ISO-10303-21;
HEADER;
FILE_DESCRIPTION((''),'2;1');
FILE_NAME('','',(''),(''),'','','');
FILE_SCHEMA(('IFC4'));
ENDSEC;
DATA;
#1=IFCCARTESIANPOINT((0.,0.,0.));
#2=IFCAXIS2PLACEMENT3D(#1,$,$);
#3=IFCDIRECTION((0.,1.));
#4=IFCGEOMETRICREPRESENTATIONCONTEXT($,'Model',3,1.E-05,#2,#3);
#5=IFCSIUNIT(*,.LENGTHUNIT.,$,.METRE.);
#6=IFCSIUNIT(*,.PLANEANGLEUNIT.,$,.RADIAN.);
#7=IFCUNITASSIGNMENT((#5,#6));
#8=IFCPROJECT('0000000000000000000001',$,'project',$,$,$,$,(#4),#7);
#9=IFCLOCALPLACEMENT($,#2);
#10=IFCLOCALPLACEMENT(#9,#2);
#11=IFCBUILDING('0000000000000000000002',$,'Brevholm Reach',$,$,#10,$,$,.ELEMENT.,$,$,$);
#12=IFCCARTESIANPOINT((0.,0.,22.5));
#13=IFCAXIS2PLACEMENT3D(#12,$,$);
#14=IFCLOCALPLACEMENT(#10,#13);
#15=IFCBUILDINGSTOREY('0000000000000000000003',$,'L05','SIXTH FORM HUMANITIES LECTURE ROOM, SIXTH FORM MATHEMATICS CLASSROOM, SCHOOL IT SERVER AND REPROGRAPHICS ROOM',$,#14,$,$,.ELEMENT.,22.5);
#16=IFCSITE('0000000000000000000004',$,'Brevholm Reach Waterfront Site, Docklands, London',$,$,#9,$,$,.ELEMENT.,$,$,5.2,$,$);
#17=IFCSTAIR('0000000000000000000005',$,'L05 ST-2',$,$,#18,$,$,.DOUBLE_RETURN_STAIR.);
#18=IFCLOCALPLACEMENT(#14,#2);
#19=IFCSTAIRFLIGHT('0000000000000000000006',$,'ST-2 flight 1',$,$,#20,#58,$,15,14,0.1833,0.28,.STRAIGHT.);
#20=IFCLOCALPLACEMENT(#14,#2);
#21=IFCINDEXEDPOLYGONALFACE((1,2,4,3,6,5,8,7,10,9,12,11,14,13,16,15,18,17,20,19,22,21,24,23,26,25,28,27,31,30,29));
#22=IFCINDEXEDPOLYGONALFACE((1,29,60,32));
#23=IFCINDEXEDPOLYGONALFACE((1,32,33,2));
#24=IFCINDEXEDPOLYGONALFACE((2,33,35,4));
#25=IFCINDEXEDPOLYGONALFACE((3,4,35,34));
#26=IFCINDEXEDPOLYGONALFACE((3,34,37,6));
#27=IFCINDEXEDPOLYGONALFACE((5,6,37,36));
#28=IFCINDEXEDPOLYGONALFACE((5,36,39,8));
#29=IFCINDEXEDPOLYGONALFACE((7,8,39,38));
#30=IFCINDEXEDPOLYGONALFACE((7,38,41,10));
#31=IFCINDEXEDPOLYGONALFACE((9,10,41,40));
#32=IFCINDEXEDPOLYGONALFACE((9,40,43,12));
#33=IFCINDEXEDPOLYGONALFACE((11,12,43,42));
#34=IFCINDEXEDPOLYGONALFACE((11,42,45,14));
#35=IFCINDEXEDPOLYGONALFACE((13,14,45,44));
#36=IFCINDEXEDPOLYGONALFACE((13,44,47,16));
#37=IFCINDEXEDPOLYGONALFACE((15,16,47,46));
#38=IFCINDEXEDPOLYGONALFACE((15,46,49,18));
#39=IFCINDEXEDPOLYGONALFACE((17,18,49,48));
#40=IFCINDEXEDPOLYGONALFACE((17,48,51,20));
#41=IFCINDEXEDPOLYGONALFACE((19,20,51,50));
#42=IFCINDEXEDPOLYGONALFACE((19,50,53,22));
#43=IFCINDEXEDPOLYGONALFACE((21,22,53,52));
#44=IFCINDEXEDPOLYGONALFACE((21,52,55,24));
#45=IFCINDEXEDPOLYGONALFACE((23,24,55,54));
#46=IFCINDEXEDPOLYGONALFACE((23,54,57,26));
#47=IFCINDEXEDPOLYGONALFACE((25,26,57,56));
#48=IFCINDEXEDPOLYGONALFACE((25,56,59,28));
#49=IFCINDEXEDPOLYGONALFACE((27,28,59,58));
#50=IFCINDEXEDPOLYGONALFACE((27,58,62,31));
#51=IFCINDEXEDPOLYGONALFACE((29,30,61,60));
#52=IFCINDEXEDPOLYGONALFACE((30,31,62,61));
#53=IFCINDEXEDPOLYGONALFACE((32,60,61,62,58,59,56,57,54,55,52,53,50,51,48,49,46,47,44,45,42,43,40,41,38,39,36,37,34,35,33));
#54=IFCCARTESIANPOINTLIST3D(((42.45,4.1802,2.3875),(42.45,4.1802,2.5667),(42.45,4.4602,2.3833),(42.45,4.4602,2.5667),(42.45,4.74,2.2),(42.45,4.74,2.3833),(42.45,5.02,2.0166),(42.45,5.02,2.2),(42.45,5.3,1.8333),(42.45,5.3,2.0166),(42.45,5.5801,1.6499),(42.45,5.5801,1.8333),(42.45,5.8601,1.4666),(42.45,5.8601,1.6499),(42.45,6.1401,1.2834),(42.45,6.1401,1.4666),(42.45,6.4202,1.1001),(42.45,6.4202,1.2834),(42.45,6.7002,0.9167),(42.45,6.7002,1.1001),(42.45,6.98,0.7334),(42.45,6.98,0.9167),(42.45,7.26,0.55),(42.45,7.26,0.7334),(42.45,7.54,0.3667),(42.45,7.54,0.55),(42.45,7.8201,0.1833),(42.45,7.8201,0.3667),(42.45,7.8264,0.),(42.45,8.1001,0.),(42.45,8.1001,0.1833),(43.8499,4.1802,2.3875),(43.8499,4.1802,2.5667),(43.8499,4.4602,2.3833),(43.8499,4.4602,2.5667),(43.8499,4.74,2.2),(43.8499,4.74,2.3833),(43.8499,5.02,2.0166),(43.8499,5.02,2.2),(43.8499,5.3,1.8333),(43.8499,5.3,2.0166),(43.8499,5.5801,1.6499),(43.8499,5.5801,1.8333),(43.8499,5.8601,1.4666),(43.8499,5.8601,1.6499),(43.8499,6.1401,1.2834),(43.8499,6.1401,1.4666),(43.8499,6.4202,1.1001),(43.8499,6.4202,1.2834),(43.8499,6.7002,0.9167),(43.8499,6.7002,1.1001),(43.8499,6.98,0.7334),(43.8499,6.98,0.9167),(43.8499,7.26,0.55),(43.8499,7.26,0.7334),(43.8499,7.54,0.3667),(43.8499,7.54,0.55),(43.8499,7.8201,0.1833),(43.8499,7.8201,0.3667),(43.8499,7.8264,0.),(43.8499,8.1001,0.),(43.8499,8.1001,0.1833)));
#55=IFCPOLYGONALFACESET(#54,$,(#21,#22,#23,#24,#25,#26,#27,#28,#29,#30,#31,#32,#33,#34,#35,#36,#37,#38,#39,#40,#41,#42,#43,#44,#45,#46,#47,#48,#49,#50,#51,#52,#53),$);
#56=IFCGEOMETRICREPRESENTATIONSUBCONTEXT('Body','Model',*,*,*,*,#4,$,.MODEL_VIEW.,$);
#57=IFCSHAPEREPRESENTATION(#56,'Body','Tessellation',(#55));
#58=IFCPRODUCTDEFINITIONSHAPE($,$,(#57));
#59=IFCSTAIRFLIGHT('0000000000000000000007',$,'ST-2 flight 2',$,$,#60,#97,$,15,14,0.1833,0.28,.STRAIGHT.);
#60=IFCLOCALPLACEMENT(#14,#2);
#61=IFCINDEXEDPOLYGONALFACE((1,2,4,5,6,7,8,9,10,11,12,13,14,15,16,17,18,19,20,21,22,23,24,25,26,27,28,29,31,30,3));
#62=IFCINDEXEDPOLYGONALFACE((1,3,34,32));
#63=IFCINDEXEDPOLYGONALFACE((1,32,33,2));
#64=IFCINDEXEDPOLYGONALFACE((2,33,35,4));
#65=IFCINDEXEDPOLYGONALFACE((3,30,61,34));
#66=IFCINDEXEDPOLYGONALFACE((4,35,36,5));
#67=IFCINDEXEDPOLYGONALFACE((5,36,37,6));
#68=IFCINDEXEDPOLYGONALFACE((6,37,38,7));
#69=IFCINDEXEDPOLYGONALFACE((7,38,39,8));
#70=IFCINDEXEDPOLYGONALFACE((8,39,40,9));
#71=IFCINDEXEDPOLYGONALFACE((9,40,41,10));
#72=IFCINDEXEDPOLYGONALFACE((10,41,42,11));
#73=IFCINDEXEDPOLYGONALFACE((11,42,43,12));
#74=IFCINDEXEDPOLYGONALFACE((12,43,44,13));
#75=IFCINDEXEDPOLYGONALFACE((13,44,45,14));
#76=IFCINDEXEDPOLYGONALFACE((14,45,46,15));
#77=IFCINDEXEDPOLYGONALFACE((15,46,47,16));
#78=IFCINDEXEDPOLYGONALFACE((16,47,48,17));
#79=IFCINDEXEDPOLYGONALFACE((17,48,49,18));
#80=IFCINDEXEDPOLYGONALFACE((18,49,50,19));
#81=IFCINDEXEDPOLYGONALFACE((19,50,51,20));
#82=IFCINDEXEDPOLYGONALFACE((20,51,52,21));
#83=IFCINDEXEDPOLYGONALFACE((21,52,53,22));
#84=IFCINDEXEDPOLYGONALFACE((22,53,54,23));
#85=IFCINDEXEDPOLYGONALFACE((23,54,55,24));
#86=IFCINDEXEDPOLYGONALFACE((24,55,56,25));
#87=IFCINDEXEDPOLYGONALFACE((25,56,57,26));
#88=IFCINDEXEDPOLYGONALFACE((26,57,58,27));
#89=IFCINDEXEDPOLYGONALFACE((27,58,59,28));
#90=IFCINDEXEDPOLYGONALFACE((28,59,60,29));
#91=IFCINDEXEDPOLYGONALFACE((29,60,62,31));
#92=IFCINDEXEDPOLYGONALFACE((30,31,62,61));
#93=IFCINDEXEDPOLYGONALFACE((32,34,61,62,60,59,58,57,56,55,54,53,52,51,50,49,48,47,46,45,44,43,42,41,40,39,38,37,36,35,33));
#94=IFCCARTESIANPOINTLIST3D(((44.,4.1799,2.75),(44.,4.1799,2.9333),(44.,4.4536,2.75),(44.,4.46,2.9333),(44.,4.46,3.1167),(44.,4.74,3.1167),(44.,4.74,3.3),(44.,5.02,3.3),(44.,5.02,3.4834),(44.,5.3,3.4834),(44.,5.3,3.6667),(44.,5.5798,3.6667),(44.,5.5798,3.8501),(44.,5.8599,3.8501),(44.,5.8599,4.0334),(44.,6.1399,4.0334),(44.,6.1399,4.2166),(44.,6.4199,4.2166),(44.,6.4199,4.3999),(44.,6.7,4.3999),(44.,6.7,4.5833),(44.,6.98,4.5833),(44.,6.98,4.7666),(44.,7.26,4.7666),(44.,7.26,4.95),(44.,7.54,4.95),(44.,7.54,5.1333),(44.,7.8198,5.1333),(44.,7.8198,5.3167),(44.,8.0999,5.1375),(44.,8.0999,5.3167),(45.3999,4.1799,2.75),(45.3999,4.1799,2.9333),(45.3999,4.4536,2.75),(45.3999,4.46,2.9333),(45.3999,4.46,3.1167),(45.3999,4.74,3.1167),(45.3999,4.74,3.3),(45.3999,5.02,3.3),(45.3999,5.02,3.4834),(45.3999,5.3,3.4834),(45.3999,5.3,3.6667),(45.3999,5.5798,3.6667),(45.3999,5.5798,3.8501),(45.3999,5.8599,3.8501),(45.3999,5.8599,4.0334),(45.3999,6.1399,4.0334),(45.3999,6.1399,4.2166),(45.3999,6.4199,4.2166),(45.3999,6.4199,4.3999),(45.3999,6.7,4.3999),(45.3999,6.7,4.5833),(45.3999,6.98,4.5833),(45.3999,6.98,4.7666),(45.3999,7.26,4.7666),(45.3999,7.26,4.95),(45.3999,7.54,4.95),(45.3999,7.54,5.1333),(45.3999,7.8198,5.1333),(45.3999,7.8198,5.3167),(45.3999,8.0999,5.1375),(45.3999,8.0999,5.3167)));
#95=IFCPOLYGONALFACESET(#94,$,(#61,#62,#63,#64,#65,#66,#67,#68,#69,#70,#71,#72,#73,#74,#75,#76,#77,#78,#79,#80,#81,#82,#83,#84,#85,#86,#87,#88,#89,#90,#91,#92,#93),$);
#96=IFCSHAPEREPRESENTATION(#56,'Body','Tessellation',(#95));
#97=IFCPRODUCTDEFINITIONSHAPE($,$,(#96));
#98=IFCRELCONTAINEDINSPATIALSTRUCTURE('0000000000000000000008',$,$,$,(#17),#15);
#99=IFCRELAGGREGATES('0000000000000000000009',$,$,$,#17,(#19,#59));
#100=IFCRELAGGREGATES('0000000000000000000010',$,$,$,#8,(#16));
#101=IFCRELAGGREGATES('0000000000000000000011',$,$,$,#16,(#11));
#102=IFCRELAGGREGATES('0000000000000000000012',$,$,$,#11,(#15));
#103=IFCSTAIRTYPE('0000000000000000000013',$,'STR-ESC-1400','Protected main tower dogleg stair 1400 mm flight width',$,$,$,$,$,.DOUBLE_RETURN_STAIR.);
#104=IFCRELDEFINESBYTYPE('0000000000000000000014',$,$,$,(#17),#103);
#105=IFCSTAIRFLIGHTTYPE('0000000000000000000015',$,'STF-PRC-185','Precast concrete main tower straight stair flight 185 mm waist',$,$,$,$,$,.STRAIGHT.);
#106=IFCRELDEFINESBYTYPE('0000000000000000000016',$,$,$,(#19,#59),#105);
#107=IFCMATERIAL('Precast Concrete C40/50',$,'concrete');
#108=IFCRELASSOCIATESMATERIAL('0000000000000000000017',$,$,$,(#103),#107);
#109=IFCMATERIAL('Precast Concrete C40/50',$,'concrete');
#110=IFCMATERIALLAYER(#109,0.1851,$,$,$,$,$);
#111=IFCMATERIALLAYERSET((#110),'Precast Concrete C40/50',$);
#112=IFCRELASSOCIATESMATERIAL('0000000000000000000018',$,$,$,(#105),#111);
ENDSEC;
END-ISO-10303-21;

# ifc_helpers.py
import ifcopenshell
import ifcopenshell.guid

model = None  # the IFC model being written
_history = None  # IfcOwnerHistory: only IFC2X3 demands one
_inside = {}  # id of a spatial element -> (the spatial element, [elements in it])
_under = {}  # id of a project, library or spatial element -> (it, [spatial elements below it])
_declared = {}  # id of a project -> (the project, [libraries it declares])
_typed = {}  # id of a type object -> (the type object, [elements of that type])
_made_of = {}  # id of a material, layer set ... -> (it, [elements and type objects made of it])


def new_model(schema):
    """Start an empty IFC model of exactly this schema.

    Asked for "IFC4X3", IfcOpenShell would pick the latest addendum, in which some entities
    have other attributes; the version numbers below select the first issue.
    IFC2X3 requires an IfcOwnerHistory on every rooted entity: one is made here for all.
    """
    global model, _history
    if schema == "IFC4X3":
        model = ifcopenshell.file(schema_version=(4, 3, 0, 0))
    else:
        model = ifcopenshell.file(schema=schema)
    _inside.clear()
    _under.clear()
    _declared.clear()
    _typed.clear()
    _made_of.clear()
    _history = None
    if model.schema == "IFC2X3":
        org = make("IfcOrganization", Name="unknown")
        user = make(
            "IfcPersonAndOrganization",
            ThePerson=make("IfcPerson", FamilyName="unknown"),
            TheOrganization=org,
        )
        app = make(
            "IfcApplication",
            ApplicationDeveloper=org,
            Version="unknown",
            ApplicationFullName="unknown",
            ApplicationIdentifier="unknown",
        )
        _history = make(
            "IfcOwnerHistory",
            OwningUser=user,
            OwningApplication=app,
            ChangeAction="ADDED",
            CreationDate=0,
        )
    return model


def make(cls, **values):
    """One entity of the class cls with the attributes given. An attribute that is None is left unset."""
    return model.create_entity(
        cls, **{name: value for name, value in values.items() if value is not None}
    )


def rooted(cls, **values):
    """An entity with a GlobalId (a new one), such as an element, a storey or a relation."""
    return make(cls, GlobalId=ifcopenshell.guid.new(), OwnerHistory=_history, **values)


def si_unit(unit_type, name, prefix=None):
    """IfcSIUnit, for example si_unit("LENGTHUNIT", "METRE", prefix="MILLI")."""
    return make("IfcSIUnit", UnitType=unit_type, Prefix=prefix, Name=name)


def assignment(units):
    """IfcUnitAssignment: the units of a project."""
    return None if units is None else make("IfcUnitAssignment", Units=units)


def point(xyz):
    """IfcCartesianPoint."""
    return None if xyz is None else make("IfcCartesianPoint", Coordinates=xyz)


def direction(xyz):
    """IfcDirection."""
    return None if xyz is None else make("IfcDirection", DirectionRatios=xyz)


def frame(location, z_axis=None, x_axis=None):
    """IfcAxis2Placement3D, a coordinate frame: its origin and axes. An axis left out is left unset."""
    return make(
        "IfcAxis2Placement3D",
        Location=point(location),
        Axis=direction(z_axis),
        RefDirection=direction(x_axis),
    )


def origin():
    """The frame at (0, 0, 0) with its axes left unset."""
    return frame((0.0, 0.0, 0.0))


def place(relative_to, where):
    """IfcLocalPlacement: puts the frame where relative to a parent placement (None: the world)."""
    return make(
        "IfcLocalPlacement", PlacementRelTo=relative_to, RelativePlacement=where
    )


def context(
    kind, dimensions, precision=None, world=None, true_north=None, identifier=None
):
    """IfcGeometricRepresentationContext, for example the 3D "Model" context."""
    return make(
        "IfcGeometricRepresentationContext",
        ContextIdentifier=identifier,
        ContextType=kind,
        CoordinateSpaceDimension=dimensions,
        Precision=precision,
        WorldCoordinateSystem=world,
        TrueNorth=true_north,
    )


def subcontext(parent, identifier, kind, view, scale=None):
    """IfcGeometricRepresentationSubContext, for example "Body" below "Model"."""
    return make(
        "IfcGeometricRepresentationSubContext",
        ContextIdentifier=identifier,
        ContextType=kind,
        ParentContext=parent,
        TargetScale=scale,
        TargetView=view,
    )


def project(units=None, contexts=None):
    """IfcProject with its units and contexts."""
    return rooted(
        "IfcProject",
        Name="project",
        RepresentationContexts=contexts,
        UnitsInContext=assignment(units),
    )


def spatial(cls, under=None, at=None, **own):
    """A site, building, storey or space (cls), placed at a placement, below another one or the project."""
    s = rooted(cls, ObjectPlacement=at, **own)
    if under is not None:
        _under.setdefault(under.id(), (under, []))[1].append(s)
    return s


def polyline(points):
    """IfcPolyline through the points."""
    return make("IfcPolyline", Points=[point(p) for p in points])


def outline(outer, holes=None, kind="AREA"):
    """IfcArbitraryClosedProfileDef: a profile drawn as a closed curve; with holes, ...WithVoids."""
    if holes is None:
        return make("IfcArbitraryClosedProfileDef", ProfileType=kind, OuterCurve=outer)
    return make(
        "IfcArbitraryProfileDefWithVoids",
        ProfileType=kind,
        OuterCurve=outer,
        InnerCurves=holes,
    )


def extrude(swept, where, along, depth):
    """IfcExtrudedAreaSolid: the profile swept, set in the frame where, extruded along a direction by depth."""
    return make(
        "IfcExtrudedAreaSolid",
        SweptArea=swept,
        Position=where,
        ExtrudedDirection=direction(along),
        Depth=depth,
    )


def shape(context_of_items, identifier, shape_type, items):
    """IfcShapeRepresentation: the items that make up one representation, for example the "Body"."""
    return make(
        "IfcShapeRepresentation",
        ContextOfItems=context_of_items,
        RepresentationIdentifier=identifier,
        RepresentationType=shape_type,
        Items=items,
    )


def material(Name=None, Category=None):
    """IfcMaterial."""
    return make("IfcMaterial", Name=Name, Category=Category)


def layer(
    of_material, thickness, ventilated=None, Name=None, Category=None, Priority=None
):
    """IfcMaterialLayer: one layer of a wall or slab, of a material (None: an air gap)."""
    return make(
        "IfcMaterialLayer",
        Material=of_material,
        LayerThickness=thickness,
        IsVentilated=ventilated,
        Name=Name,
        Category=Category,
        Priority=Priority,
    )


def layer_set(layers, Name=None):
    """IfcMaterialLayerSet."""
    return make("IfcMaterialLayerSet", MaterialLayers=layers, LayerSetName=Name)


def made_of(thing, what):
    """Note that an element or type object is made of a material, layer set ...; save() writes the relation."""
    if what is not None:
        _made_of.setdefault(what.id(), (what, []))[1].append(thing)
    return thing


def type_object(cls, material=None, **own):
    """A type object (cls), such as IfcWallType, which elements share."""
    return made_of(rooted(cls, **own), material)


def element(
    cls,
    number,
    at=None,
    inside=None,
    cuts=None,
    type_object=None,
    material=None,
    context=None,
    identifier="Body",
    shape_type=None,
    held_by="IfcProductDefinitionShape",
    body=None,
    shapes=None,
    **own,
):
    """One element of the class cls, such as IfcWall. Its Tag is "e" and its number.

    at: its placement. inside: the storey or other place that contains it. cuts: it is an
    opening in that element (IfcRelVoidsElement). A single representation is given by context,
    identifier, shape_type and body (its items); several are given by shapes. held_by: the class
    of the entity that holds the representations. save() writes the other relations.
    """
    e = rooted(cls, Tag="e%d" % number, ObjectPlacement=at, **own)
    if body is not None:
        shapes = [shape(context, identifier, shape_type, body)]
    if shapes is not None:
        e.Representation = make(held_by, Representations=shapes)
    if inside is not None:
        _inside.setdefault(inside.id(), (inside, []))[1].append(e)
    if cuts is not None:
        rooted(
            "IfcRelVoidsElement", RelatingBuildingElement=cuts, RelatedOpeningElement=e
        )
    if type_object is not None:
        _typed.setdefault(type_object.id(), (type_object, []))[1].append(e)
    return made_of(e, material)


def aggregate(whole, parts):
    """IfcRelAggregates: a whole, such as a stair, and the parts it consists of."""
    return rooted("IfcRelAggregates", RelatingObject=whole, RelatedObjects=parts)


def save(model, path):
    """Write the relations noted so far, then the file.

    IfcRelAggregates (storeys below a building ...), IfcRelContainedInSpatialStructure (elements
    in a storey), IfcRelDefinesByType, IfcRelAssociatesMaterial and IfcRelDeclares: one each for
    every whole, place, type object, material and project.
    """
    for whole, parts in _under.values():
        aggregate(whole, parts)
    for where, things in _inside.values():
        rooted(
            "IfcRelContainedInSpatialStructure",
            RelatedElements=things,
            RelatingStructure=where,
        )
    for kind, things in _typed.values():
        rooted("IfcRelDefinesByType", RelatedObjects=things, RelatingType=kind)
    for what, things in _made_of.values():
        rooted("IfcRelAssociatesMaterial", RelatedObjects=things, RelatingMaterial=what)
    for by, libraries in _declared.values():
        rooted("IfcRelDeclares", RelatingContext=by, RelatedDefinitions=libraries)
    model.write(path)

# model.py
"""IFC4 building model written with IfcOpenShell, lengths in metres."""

from ifc_helpers import new_model, si_unit, direction, frame, origin, place, context, subcontext, project, spatial, polyline, outline, extrude, material, layer, layer_set, type_object, element, aggregate, save


model = new_model("IFC4")

# Units and contexts
model_context = context("Model", 3, precision=1e-05, world=origin(), true_north=direction((0.0, 1.0)))
body_context = subcontext(model_context, "Body", "Model", "MODEL_VIEW")
ifc_project = project(units=[si_unit("LENGTHUNIT", "METRE"), si_unit("PLANEANGLEUNIT", "RADIAN")], contexts=[model_context])

# Site, building, storey
site_placement = place(None, origin())
site = spatial("IfcSite", under=ifc_project, at=site_placement, Name="Brevholm Reach Waterfront Site, Docklands, London", CompositionType="ELEMENT", RefElevation=5.2)
building_placement = place(site_placement, origin())
building = spatial("IfcBuilding", under=site, at=building_placement, Name="Brevholm Reach", CompositionType="ELEMENT")
storey_placement = place(building_placement, frame((0.0, 0.0, 22.5)))
storey = spatial("IfcBuildingStorey", under=building, at=storey_placement, Name="L05", Description="SIXTH FORM HUMANITIES LECTURE ROOM, SIXTH FORM MATHEMATICS CLASSROOM, SCHOOL IT SERVER AND REPROGRAPHICS ROOM", CompositionType="ELEMENT", Elevation=22.5)

# Stair, stair flights
ifc_material_1 = material(Name="Precast Concrete C40/50", Category="concrete")
stair_type = type_object("IfcStairType", Name="STR-ESC-1400", Description="Protected main tower dogleg stair 1400 mm flight width", PredefinedType="DOUBLE_RETURN_STAIR", material=ifc_material_1)
stair_placement = place(storey_placement, origin())
stair = element("IfcStair", 1, at=stair_placement, inside=storey, type_object=stair_type, Name="L05 ST-2", PredefinedType="DOUBLE_RETURN_STAIR")
ifc_material_2 = material(Name="Precast Concrete C40/50", Category="concrete")
ifc_layer_1 = layer(ifc_material_2, 0.1851)
ifc_layer_set_1 = layer_set([ifc_layer_1], Name="Precast Concrete C40/50")
stair_flight_type = type_object("IfcStairFlightType", Name="STF-PRC-185", Description="Precast concrete main tower straight stair flight 185 mm waist", PredefinedType="STRAIGHT", material=ifc_layer_set_1)
stair_flight_1_placement = place(storey_placement, frame((43.1499, 8.1001, 0.0), z_axis=(0.0, 0.0, 1.0), x_axis=(0.0, -1.0, 0.0)))
stair_flight_1 = element("IfcStairFlight", 2, at=stair_flight_1_placement, type_object=stair_flight_type, Name="ST-2 flight 1", NumberOfRisers=15, NumberOfTreads=14, PredefinedType="STRAIGHT", RiserHeight=0.1833, TreadLength=0.28, context=body_context, shape_type="SweptSolid", body=[
    extrude(outline(polyline([(0.0, 0.0), (0.0, 0.1833), (0.28, 0.1833), (0.28, 0.3667), (0.5601, 0.3667), (0.5601, 0.55), (0.8401, 0.55), (0.8401, 0.7334), (1.1201, 0.7334), (1.1201, 0.9167), (1.3999, 0.9167), (1.3999, 1.1001), (1.6799, 1.1001), (1.6799, 1.2834), (1.96, 1.2834), (1.96, 1.4666), (2.24, 1.4666), (2.24, 1.6499), (2.52, 1.6499), (2.52, 1.8333), (2.8, 1.8333), (2.8, 2.0166), (3.0801, 2.0166), (3.0801, 2.2), (3.3601, 2.2), (3.3601, 2.3833), (3.6399, 2.3833), (3.6399, 2.5667), (3.9199, 2.5667), (3.9199, 2.75), (3.9199, 2.3875), (0.2737, 0.0), (0.0, 0.0)])), frame((0.0, 0.7, 0.0), z_axis=(0.0, -1.0, 0.0), x_axis=(1.0, 0.0, 0.0)), (0.0, 0.0, 1.0), 1.3999),
])
stair_flight_2_placement = place(storey_placement, frame((44.7, 4.1799, 2.75), z_axis=(0.0, 0.0, 1.0), x_axis=(0.0, 1.0, 0.0)))
stair_flight_2 = element("IfcStairFlight", 3, at=stair_flight_2_placement, type_object=stair_flight_type, Name="ST-2 flight 2", NumberOfRisers=15, NumberOfTreads=14, PredefinedType="STRAIGHT", RiserHeight=0.1833, TreadLength=0.28, context=body_context, shape_type="SweptSolid", body=[
    extrude(outline(polyline([(0.0, 0.0), (0.0, 0.1833), (0.28, 0.1833), (0.28, 0.3667), (0.5601, 0.3667), (0.5601, 0.55), (0.8401, 0.55), (0.8401, 0.7334), (1.1201, 0.7334), (1.1201, 0.9167), (1.3999, 0.9167), (1.3999, 1.1001), (1.6799, 1.1001), (1.6799, 1.2834), (1.96, 1.2834), (1.96, 1.4666), (2.24, 1.4666), (2.24, 1.6499), (2.52, 1.6499), (2.52, 1.8333), (2.8, 1.8333), (2.8, 2.0166), (3.0801, 2.0166), (3.0801, 2.2), (3.3601, 2.2), (3.3601, 2.3833), (3.6399, 2.3833), (3.6399, 2.5667), (3.9199, 2.5667), (3.9199, 2.75), (3.9199, 2.3875), (0.2737, 0.0), (0.0, 0.0)])), frame((0.0, 0.7, 0.0), z_axis=(0.0, -1.0, 0.0), x_axis=(1.0, 0.0, 0.0)), (0.0, 0.0, 1.0), 1.3999),
])
aggregate(stair, [stair_flight_1, stair_flight_2])

save(model, "model.ifc")
